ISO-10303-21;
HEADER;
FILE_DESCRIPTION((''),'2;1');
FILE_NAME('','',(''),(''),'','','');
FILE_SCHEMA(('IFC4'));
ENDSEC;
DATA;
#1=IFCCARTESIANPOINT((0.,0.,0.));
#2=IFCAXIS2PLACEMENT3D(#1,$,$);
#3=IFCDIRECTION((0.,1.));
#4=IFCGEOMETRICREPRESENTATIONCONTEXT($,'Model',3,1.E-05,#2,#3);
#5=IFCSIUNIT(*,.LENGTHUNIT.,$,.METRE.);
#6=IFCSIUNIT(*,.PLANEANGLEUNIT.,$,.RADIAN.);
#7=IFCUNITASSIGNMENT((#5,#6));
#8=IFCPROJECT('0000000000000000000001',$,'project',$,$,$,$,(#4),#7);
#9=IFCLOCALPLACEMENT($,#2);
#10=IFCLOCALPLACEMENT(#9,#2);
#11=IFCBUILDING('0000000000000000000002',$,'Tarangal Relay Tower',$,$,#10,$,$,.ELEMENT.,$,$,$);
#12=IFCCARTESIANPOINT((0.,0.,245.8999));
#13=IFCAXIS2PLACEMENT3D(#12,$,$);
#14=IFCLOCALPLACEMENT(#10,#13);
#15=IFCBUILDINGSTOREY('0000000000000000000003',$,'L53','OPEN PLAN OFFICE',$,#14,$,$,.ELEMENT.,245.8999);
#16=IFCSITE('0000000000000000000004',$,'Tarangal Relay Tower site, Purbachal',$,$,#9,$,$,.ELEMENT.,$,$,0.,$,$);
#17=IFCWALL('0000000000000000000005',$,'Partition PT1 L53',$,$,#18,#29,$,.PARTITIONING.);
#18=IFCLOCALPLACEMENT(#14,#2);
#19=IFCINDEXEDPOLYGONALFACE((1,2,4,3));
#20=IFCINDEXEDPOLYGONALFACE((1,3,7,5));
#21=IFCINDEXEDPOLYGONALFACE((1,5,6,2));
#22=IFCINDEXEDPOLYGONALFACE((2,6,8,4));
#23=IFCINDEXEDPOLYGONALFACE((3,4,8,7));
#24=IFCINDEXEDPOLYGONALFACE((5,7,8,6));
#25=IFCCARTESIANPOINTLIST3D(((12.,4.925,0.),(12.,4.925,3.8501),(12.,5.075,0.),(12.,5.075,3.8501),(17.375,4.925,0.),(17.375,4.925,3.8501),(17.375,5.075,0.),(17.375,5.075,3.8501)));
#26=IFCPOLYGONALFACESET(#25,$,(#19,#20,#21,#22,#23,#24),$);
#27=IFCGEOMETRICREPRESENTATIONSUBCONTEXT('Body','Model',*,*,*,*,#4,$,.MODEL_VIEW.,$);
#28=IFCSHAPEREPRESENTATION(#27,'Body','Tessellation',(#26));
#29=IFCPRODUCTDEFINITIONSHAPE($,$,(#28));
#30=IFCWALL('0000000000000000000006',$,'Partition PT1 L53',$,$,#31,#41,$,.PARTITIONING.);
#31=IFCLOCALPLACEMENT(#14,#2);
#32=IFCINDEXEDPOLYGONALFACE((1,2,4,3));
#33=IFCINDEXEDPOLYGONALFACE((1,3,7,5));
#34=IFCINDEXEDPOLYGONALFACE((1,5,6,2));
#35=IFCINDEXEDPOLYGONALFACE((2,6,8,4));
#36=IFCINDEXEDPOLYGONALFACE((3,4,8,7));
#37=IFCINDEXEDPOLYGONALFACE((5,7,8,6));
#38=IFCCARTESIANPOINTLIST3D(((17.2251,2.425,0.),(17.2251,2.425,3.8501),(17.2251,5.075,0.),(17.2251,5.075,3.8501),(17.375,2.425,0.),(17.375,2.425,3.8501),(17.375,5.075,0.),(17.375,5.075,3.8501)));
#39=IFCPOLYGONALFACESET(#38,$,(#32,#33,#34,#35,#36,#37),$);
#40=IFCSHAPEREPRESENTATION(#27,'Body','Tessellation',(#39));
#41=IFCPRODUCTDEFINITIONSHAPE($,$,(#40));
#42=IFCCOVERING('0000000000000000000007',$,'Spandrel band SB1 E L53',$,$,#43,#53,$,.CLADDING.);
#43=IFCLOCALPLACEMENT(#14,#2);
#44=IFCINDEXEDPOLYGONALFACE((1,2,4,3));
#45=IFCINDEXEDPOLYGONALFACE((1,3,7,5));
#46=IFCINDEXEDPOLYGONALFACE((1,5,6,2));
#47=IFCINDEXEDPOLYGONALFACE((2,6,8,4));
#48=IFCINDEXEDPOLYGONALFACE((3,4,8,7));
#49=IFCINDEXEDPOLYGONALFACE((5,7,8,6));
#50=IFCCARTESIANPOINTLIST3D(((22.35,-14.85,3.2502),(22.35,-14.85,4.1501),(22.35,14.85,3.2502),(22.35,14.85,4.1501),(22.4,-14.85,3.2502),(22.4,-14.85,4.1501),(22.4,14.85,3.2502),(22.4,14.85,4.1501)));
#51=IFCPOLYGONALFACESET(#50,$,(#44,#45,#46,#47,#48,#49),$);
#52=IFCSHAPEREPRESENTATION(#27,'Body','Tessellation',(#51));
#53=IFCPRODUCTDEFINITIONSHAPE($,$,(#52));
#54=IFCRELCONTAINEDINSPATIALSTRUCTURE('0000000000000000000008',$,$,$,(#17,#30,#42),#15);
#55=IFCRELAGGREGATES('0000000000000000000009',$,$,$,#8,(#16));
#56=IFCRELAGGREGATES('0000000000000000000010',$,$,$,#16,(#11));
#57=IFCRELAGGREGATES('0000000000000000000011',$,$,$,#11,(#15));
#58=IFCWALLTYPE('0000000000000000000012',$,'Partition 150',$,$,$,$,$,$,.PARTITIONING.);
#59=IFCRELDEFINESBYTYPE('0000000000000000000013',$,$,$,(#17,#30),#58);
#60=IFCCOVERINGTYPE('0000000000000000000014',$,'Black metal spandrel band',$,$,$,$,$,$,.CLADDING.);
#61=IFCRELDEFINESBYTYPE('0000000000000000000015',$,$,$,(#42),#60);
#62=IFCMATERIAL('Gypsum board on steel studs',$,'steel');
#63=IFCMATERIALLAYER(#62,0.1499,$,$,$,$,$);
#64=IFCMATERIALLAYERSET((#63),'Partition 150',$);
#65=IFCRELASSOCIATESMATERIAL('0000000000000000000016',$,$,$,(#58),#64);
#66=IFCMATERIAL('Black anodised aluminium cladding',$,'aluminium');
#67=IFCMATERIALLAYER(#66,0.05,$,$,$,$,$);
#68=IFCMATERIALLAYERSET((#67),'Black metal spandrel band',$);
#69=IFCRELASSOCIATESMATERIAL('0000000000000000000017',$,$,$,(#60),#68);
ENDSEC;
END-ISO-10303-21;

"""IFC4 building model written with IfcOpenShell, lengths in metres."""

from ifc_helpers import new_model, si_unit, direction, frame, frame_2d, origin, origin_2d, place, context, subcontext, project, spatial, rectangle, extrude, material, layer, layer_set, type_object, element, save


model = new_model("IFC4")

# Units and contexts
model_context = context("Model", 3, precision=1e-05, world=origin(), true_north=direction((0.0, 1.0)))
body_context = subcontext(model_context, "Body", "Model", "MODEL_VIEW")
ifc_project = project(units=[si_unit("LENGTHUNIT", "METRE"), si_unit("PLANEANGLEUNIT", "RADIAN")], contexts=[model_context])

# Site, building, storey
site_placement = place(None, origin())
site = spatial("IfcSite", under=ifc_project, at=site_placement, Name="Tarangal Relay Tower site, Purbachal", CompositionType="ELEMENT", RefElevation=0.0)
building_placement = place(site_placement, origin())
building = spatial("IfcBuilding", under=site, at=building_placement, Name="Tarangal Relay Tower", CompositionType="ELEMENT")
storey_placement = place(building_placement, frame((0.0, 0.0, 245.8999)))
storey = spatial("IfcBuildingStorey", under=building, at=storey_placement, Name="L53", Description="OPEN PLAN OFFICE", CompositionType="ELEMENT", Elevation=245.8999)

# Shared definitions
ifc_material_1 = material(Name="Gypsum board on steel studs", Category="steel")
ifc_layer_1 = layer(ifc_material_1, 0.1499)
ifc_layer_set_1 = layer_set([ifc_layer_1], Name="Partition 150")
wall_type = type_object("IfcWallType", Name="Partition 150", PredefinedType="PARTITIONING", material=ifc_layer_set_1)

# Walls
wall_1_placement = place(storey_placement, frame((12.0, 5.0, 0.0), z_axis=(0.0, 0.0, 1.0), x_axis=(1.0, 0.0, 0.0)))
element("IfcWall", 1, at=wall_1_placement, inside=storey, type_object=wall_type, Name="Partition PT1 L53", PredefinedType="PARTITIONING", context=body_context, shape_type="SweptSolid", body=[
    extrude(rectangle(XDim=5.375, YDim=0.1499, at=frame_2d((2.6875, 0.0))), origin(), (0.0, 0.0, 1.0), 3.8501),
])
wall_2_placement = place(storey_placement, frame((17.3, 2.425, 0.0), z_axis=(0.0, 0.0, 1.0), x_axis=(0.0, 1.0, 0.0)))
element("IfcWall", 2, at=wall_2_placement, inside=storey, type_object=wall_type, Name="Partition PT1 L53", PredefinedType="PARTITIONING", context=body_context, shape_type="SweptSolid", body=[
    extrude(rectangle(XDim=2.6499, YDim=0.1499, at=frame_2d((1.325, 0.0))), origin(), (0.0, 0.0, 1.0), 3.8501),
])

# Covering
ifc_material_2 = material(Name="Black anodised aluminium cladding", Category="aluminium")
ifc_layer_2 = layer(ifc_material_2, 0.05)
ifc_layer_set_2 = layer_set([ifc_layer_2], Name="Black metal spandrel band")
covering_type = type_object("IfcCoveringType", Name="Black metal spandrel band", PredefinedType="CLADDING", material=ifc_layer_set_2)
covering_placement = place(storey_placement, frame((22.375, 0.0, 3.2502), z_axis=(0.0, 0.0, 1.0), x_axis=(0.0, -1.0, 0.0)))
element("IfcCovering", 3, at=covering_placement, inside=storey, type_object=covering_type, Name="Spandrel band SB1 E L53", PredefinedType="CLADDING", context=body_context, shape_type="SweptSolid", body=[
    extrude(rectangle(XDim=29.7, YDim=0.05, at=origin_2d()), origin(), (0.0, 0.0, 1.0), 0.8999),
])

save(model, "model.ifc")
